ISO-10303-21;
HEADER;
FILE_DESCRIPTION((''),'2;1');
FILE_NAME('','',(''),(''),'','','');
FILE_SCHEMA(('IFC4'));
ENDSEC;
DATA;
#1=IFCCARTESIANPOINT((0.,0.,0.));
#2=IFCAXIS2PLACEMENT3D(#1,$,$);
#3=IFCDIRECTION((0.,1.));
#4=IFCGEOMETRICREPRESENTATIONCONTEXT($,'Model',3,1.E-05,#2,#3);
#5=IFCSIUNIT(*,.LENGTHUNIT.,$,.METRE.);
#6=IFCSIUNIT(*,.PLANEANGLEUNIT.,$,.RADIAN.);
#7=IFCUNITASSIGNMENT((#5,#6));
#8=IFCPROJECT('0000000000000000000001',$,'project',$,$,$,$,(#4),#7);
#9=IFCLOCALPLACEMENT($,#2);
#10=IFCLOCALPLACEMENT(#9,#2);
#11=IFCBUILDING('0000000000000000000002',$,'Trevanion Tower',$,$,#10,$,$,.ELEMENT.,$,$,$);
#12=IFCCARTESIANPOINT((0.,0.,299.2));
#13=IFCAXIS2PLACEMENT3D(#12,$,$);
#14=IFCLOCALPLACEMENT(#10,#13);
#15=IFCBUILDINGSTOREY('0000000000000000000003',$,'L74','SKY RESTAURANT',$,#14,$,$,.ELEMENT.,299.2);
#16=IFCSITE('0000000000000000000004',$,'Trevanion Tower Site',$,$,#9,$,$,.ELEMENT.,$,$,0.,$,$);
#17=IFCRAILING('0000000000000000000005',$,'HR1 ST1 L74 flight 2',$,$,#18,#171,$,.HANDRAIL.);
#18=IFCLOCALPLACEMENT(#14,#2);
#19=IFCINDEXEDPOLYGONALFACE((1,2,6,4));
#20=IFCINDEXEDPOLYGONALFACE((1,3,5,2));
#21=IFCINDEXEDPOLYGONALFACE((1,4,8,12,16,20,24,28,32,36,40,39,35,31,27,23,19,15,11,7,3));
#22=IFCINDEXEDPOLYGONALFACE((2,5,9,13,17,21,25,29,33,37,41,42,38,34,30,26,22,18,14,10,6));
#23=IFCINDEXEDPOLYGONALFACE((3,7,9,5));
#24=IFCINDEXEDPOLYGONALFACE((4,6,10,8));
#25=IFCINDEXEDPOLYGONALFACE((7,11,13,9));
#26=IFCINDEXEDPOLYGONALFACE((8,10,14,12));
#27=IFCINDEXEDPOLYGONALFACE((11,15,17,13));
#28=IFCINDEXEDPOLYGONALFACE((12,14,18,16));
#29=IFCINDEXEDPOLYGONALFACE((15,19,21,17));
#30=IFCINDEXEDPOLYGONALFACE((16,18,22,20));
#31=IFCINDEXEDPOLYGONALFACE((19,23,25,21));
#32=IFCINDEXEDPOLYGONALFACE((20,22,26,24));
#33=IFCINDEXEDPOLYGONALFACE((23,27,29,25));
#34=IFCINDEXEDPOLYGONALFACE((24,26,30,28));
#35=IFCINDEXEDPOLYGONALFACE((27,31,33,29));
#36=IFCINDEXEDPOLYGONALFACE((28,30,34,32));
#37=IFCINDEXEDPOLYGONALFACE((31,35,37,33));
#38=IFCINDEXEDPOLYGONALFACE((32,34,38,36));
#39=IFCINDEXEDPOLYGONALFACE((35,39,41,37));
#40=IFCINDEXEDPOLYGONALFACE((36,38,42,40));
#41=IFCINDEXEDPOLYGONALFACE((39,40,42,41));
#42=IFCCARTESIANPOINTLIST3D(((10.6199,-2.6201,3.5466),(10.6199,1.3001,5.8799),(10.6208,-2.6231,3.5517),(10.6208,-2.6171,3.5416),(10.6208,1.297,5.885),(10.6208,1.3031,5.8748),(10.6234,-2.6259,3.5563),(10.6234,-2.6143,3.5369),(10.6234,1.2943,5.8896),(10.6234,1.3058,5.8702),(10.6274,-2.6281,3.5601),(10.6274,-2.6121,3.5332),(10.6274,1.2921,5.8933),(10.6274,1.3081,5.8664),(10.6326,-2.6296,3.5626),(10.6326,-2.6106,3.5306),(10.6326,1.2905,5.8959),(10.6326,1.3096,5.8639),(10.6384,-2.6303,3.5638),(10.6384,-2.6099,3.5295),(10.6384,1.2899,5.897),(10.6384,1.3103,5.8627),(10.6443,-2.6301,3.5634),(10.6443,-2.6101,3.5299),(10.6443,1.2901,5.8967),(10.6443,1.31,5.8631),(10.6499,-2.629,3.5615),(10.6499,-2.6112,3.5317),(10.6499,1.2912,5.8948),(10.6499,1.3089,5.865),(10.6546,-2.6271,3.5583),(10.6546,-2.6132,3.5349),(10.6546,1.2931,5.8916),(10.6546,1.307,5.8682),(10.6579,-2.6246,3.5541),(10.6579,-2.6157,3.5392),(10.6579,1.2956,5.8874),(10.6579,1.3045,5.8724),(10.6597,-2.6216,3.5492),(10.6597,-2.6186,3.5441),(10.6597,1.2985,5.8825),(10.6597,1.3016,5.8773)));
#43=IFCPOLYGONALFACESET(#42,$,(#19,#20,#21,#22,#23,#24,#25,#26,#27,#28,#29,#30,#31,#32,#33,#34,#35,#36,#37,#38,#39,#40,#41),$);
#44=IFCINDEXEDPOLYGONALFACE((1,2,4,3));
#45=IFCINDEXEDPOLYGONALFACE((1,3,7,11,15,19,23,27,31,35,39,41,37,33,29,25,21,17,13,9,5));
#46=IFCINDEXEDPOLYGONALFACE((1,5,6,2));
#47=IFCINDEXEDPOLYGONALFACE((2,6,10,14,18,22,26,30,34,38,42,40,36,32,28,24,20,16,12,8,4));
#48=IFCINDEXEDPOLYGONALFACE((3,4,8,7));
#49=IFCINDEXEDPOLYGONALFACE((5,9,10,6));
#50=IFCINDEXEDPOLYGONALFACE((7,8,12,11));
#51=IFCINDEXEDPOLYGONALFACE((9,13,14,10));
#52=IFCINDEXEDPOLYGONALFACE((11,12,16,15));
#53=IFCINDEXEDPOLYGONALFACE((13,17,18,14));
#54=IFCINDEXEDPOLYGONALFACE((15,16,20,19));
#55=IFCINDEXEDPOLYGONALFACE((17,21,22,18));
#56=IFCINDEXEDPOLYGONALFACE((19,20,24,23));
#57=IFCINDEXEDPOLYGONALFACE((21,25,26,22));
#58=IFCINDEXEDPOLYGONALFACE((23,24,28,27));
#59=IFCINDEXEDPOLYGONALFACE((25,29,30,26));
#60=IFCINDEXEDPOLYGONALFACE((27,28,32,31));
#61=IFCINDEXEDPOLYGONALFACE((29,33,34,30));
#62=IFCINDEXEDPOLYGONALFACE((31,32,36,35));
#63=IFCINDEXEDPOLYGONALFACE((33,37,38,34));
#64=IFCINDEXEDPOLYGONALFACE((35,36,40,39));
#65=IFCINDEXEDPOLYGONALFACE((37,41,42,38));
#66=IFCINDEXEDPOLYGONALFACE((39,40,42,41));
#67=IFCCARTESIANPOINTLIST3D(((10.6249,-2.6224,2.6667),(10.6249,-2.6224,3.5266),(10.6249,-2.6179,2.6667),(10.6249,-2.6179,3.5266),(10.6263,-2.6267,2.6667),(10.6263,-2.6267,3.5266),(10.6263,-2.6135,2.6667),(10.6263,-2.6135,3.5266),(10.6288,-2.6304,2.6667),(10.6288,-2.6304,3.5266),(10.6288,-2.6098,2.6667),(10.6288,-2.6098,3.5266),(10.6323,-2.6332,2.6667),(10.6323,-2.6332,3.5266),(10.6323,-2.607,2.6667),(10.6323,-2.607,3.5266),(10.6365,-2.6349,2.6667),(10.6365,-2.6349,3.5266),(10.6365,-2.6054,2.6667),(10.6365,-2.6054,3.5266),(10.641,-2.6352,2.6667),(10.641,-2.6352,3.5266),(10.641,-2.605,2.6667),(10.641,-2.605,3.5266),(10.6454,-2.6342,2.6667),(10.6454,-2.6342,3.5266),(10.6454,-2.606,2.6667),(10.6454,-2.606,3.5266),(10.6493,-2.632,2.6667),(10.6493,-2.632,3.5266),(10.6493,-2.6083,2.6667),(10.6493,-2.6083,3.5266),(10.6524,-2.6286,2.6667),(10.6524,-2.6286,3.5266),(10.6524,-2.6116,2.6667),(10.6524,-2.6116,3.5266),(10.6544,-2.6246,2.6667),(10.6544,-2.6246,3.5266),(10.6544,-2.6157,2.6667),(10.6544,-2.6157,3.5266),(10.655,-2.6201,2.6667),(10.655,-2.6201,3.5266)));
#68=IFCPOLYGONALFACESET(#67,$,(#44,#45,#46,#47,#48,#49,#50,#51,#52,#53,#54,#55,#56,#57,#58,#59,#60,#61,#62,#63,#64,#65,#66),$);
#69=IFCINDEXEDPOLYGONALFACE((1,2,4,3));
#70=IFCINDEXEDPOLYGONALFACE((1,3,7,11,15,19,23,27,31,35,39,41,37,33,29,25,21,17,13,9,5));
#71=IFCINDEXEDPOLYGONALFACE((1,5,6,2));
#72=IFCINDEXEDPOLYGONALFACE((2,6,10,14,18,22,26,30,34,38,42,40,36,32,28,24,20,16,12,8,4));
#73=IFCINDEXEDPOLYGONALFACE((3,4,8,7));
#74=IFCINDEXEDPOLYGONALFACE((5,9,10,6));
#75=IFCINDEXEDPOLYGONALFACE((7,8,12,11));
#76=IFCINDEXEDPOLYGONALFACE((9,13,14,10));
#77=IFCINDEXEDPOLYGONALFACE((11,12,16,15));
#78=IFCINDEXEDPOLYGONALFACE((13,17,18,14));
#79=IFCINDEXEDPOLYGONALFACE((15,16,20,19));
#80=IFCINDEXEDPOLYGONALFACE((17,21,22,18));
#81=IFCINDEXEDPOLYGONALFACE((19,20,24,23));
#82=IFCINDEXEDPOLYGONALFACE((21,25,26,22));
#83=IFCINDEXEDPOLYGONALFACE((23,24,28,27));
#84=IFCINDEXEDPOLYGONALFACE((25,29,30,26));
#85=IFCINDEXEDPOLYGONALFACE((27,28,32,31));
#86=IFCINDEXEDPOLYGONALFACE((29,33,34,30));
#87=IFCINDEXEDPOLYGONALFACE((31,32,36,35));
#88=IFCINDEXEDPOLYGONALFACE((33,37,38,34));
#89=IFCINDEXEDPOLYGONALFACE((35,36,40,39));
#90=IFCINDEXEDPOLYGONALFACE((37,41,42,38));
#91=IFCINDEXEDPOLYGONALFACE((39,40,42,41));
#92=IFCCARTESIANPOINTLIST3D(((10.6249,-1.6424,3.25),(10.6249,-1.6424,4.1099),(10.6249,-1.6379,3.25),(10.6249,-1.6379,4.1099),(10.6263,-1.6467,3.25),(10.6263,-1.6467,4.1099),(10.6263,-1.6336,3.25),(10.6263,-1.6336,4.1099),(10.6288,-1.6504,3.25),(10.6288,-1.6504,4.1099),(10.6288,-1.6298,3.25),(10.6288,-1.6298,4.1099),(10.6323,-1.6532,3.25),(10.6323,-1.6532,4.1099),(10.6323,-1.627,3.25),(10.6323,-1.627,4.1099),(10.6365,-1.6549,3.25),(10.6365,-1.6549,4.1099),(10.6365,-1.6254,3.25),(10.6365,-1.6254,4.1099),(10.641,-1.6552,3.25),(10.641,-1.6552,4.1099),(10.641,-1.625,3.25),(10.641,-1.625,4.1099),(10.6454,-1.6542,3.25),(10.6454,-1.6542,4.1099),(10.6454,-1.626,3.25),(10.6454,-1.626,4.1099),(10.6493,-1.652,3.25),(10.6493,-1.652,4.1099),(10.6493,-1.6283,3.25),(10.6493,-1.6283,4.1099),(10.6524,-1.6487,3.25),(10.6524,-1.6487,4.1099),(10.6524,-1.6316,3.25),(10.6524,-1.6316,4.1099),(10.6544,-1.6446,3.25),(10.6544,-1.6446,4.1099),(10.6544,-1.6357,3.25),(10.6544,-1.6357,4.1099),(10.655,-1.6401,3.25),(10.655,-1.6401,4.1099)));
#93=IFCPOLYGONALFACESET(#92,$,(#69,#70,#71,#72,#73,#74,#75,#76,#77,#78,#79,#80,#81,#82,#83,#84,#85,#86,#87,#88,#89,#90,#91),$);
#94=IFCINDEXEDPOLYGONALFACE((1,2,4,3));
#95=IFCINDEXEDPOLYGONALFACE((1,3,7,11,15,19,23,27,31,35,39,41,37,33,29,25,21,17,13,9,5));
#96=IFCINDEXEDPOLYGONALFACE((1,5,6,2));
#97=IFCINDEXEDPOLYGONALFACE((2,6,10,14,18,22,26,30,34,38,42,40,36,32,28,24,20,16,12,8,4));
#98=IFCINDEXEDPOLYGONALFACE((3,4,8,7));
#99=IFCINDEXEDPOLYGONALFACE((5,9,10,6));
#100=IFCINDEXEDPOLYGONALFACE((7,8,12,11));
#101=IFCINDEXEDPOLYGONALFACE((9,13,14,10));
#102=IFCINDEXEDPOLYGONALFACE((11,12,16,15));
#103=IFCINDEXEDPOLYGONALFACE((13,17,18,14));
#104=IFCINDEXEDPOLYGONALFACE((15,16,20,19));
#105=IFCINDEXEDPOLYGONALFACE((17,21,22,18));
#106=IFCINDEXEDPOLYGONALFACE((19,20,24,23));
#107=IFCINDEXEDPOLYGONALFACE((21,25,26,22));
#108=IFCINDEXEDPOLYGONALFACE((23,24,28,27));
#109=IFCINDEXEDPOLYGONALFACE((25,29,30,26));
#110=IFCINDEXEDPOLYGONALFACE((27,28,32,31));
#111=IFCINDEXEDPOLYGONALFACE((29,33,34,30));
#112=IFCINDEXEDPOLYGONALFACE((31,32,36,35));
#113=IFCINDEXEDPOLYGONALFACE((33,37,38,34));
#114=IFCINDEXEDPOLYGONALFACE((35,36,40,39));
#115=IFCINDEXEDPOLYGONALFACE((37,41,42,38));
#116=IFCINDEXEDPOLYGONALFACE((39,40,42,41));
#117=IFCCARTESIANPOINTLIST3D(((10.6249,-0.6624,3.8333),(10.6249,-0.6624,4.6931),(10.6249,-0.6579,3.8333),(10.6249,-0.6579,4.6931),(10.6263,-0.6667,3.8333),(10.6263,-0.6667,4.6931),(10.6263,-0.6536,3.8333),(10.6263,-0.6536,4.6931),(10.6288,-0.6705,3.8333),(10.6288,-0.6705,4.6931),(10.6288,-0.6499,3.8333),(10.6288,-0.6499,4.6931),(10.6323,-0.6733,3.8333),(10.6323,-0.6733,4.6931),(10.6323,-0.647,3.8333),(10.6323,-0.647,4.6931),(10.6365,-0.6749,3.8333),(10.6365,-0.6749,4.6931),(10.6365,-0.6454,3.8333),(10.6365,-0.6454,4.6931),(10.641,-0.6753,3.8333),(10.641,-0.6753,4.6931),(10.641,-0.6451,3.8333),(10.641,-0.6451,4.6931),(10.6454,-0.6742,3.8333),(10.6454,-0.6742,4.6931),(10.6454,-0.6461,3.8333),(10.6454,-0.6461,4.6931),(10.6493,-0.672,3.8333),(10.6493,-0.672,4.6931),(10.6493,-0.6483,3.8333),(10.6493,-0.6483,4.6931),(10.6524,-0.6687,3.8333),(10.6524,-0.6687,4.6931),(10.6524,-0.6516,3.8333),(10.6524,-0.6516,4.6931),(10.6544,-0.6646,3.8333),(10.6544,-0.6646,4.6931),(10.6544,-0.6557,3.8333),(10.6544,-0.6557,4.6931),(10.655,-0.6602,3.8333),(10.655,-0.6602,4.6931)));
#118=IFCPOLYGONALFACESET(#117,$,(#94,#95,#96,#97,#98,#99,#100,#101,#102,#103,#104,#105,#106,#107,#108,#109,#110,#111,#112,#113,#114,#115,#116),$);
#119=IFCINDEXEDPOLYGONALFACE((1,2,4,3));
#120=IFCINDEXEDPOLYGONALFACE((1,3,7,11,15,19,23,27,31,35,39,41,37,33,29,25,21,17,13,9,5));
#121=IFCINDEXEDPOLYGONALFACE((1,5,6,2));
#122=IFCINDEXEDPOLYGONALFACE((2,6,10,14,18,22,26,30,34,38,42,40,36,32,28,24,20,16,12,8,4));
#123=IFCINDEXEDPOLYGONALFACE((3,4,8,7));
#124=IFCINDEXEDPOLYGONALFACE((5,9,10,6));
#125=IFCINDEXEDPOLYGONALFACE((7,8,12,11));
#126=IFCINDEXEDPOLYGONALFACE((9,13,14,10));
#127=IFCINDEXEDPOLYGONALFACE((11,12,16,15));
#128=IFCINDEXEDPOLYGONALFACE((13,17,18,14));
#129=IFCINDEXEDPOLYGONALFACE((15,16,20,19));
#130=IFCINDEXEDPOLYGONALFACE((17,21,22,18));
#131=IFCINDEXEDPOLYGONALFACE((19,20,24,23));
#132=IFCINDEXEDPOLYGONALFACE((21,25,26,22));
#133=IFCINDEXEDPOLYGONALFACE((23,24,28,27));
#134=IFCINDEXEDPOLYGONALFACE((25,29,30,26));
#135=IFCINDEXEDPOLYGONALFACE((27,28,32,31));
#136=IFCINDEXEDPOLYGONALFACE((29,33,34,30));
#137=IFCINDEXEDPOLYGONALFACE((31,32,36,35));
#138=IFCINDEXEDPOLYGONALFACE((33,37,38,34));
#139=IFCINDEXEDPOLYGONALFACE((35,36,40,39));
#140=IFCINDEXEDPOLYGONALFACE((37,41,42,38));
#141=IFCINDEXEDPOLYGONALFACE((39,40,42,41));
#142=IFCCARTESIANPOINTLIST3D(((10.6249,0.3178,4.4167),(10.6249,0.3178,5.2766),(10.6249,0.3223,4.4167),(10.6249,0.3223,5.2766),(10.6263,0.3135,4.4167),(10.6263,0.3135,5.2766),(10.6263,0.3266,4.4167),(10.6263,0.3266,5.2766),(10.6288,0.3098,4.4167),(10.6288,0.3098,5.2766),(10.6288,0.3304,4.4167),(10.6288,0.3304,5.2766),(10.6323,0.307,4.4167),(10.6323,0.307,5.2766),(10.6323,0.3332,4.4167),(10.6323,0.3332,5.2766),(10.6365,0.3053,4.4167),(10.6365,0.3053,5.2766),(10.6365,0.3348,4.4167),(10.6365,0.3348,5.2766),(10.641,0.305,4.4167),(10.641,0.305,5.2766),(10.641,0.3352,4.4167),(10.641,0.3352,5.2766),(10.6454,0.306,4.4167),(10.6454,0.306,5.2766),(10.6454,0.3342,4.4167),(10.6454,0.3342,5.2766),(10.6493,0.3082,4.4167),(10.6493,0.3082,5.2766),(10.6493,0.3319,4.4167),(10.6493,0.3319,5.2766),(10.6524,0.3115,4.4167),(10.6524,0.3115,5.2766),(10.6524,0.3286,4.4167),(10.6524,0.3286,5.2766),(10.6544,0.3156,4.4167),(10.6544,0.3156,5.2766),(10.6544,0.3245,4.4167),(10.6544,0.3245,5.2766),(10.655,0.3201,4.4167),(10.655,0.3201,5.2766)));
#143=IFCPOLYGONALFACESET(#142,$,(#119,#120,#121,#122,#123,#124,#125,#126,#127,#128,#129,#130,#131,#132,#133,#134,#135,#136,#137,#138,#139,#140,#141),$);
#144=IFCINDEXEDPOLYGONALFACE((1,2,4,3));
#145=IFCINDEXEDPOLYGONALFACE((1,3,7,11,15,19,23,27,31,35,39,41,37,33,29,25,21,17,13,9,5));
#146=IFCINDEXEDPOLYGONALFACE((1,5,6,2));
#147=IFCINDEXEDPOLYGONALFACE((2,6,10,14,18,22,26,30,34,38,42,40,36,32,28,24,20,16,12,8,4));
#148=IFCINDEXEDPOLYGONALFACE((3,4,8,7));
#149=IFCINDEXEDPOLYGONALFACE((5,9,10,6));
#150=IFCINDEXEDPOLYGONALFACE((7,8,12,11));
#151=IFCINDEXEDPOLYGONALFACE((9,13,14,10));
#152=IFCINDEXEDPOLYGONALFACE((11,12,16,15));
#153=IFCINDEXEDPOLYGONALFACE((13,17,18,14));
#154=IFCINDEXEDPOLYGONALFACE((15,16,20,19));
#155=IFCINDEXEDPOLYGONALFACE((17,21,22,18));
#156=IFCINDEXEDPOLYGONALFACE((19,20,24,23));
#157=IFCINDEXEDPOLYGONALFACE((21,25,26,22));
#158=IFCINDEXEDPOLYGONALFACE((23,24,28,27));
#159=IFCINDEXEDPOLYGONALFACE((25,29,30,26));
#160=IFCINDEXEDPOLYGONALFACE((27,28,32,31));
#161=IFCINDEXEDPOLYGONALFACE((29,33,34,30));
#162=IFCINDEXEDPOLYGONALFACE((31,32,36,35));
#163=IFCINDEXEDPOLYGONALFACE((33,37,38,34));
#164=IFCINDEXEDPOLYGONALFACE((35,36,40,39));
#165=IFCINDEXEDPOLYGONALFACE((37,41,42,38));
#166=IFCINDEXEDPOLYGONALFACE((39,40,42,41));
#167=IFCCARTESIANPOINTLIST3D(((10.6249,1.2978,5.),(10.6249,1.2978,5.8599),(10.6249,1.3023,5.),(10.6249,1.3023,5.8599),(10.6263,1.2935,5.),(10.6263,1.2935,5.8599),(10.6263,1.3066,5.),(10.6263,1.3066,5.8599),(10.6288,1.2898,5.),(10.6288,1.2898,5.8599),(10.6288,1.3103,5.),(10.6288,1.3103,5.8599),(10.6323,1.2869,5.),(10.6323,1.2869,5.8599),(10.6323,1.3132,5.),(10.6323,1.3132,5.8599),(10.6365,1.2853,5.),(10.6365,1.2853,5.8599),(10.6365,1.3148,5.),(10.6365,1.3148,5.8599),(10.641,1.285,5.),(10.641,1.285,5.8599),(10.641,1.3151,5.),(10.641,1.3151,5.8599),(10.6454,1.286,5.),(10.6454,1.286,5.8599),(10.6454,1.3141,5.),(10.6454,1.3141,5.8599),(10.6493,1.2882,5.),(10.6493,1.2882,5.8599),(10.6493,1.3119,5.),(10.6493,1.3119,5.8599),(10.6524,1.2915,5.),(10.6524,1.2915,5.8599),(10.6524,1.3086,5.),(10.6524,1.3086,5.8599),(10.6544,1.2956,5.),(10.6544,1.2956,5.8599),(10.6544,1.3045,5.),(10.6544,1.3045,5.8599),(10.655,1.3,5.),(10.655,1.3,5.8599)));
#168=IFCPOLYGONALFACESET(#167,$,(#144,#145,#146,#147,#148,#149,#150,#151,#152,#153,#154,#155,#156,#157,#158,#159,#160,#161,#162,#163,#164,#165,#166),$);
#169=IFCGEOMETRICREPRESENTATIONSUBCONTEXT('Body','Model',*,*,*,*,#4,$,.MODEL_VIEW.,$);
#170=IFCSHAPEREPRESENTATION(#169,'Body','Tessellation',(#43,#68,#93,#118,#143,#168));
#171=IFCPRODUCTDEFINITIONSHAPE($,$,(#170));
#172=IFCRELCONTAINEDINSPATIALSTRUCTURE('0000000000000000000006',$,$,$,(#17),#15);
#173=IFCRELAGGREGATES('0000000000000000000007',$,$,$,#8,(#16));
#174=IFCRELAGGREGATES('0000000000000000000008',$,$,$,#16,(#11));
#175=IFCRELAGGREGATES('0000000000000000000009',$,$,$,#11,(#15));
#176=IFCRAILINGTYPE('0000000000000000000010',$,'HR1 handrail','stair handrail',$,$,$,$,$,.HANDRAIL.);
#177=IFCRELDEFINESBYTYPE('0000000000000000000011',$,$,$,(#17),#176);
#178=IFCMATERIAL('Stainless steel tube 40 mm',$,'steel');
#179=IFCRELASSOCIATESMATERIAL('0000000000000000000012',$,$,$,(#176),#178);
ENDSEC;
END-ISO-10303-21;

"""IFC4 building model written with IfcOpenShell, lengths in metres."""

from ifc_helpers import new_model, si_unit, direction, frame, origin, origin_2d, place, context, subcontext, project, spatial, circle, extrude, material, type_object, element, save


model = new_model("IFC4")

# Units and contexts
model_context = context("Model", 3, precision=1e-05, world=origin(), true_north=direction((0.0, 1.0)))
body_context = subcontext(model_context, "Body", "Model", "MODEL_VIEW")
ifc_project = project(units=[si_unit("LENGTHUNIT", "METRE"), si_unit("PLANEANGLEUNIT", "RADIAN")], contexts=[model_context])

# Site, building, storey
site_placement = place(None, origin())
site = spatial("IfcSite", under=ifc_project, at=site_placement, Name="Trevanion Tower Site", CompositionType="ELEMENT", RefElevation=0.0)
building_placement = place(site_placement, origin())
building = spatial("IfcBuilding", under=site, at=building_placement, Name="Trevanion Tower", CompositionType="ELEMENT")
storey_placement = place(building_placement, frame((0.0, 0.0, 299.2)))
storey = spatial("IfcBuildingStorey", under=building, at=storey_placement, Name="L74", Description="SKY RESTAURANT", CompositionType="ELEMENT", Elevation=299.2)

# Railing
ifc_material_1 = material(Name="Stainless steel tube 40 mm", Category="steel")
railing_type = type_object("IfcRailingType", Name="HR1 handrail", Description="stair handrail", PredefinedType="HANDRAIL", material=ifc_material_1)
for number, where, name in (
    (1, (10.6399, -2.6201, 2.6667), "HR1 ST1 L74 flight 2"),
):
    element("IfcRailing", number, at=place(storey_placement, frame(where)), inside=storey, type_object=railing_type, Name=name, PredefinedType="HANDRAIL", context=body_context, shape_type="SweptSolid", body=[
        extrude(circle(Radius=0.02, at=origin_2d()), frame((0.0, 0.0, 0.8799), z_axis=(0.0, 0.85931, 0.511455), x_axis=(-1.0, 0.0, 0.0)), (0.0, 0.0, 1.0), 4.562),
        extrude(circle(Radius=0.0151, at=origin_2d()), origin(), (0.0, 0.0, 1.0), 0.8599),
        extrude(circle(Radius=0.0151, at=origin_2d()), frame((0.0, 0.98, 0.5833)), (0.0, 0.0, 1.0), 0.8599),
        extrude(circle(Radius=0.0151, at=origin_2d()), frame((0.0, 1.96, 1.1665)), (0.0, 0.0, 1.0), 0.8599),
        extrude(circle(Radius=0.0151, at=origin_2d()), frame((0.0, 2.9402, 1.75)), (0.0, 0.0, 1.0), 0.8599),
        extrude(circle(Radius=0.0151, at=origin_2d()), frame((0.0, 3.9202, 2.3333)), (0.0, 0.0, 1.0), 0.8599),
    ])

save(model, "model.ifc")
